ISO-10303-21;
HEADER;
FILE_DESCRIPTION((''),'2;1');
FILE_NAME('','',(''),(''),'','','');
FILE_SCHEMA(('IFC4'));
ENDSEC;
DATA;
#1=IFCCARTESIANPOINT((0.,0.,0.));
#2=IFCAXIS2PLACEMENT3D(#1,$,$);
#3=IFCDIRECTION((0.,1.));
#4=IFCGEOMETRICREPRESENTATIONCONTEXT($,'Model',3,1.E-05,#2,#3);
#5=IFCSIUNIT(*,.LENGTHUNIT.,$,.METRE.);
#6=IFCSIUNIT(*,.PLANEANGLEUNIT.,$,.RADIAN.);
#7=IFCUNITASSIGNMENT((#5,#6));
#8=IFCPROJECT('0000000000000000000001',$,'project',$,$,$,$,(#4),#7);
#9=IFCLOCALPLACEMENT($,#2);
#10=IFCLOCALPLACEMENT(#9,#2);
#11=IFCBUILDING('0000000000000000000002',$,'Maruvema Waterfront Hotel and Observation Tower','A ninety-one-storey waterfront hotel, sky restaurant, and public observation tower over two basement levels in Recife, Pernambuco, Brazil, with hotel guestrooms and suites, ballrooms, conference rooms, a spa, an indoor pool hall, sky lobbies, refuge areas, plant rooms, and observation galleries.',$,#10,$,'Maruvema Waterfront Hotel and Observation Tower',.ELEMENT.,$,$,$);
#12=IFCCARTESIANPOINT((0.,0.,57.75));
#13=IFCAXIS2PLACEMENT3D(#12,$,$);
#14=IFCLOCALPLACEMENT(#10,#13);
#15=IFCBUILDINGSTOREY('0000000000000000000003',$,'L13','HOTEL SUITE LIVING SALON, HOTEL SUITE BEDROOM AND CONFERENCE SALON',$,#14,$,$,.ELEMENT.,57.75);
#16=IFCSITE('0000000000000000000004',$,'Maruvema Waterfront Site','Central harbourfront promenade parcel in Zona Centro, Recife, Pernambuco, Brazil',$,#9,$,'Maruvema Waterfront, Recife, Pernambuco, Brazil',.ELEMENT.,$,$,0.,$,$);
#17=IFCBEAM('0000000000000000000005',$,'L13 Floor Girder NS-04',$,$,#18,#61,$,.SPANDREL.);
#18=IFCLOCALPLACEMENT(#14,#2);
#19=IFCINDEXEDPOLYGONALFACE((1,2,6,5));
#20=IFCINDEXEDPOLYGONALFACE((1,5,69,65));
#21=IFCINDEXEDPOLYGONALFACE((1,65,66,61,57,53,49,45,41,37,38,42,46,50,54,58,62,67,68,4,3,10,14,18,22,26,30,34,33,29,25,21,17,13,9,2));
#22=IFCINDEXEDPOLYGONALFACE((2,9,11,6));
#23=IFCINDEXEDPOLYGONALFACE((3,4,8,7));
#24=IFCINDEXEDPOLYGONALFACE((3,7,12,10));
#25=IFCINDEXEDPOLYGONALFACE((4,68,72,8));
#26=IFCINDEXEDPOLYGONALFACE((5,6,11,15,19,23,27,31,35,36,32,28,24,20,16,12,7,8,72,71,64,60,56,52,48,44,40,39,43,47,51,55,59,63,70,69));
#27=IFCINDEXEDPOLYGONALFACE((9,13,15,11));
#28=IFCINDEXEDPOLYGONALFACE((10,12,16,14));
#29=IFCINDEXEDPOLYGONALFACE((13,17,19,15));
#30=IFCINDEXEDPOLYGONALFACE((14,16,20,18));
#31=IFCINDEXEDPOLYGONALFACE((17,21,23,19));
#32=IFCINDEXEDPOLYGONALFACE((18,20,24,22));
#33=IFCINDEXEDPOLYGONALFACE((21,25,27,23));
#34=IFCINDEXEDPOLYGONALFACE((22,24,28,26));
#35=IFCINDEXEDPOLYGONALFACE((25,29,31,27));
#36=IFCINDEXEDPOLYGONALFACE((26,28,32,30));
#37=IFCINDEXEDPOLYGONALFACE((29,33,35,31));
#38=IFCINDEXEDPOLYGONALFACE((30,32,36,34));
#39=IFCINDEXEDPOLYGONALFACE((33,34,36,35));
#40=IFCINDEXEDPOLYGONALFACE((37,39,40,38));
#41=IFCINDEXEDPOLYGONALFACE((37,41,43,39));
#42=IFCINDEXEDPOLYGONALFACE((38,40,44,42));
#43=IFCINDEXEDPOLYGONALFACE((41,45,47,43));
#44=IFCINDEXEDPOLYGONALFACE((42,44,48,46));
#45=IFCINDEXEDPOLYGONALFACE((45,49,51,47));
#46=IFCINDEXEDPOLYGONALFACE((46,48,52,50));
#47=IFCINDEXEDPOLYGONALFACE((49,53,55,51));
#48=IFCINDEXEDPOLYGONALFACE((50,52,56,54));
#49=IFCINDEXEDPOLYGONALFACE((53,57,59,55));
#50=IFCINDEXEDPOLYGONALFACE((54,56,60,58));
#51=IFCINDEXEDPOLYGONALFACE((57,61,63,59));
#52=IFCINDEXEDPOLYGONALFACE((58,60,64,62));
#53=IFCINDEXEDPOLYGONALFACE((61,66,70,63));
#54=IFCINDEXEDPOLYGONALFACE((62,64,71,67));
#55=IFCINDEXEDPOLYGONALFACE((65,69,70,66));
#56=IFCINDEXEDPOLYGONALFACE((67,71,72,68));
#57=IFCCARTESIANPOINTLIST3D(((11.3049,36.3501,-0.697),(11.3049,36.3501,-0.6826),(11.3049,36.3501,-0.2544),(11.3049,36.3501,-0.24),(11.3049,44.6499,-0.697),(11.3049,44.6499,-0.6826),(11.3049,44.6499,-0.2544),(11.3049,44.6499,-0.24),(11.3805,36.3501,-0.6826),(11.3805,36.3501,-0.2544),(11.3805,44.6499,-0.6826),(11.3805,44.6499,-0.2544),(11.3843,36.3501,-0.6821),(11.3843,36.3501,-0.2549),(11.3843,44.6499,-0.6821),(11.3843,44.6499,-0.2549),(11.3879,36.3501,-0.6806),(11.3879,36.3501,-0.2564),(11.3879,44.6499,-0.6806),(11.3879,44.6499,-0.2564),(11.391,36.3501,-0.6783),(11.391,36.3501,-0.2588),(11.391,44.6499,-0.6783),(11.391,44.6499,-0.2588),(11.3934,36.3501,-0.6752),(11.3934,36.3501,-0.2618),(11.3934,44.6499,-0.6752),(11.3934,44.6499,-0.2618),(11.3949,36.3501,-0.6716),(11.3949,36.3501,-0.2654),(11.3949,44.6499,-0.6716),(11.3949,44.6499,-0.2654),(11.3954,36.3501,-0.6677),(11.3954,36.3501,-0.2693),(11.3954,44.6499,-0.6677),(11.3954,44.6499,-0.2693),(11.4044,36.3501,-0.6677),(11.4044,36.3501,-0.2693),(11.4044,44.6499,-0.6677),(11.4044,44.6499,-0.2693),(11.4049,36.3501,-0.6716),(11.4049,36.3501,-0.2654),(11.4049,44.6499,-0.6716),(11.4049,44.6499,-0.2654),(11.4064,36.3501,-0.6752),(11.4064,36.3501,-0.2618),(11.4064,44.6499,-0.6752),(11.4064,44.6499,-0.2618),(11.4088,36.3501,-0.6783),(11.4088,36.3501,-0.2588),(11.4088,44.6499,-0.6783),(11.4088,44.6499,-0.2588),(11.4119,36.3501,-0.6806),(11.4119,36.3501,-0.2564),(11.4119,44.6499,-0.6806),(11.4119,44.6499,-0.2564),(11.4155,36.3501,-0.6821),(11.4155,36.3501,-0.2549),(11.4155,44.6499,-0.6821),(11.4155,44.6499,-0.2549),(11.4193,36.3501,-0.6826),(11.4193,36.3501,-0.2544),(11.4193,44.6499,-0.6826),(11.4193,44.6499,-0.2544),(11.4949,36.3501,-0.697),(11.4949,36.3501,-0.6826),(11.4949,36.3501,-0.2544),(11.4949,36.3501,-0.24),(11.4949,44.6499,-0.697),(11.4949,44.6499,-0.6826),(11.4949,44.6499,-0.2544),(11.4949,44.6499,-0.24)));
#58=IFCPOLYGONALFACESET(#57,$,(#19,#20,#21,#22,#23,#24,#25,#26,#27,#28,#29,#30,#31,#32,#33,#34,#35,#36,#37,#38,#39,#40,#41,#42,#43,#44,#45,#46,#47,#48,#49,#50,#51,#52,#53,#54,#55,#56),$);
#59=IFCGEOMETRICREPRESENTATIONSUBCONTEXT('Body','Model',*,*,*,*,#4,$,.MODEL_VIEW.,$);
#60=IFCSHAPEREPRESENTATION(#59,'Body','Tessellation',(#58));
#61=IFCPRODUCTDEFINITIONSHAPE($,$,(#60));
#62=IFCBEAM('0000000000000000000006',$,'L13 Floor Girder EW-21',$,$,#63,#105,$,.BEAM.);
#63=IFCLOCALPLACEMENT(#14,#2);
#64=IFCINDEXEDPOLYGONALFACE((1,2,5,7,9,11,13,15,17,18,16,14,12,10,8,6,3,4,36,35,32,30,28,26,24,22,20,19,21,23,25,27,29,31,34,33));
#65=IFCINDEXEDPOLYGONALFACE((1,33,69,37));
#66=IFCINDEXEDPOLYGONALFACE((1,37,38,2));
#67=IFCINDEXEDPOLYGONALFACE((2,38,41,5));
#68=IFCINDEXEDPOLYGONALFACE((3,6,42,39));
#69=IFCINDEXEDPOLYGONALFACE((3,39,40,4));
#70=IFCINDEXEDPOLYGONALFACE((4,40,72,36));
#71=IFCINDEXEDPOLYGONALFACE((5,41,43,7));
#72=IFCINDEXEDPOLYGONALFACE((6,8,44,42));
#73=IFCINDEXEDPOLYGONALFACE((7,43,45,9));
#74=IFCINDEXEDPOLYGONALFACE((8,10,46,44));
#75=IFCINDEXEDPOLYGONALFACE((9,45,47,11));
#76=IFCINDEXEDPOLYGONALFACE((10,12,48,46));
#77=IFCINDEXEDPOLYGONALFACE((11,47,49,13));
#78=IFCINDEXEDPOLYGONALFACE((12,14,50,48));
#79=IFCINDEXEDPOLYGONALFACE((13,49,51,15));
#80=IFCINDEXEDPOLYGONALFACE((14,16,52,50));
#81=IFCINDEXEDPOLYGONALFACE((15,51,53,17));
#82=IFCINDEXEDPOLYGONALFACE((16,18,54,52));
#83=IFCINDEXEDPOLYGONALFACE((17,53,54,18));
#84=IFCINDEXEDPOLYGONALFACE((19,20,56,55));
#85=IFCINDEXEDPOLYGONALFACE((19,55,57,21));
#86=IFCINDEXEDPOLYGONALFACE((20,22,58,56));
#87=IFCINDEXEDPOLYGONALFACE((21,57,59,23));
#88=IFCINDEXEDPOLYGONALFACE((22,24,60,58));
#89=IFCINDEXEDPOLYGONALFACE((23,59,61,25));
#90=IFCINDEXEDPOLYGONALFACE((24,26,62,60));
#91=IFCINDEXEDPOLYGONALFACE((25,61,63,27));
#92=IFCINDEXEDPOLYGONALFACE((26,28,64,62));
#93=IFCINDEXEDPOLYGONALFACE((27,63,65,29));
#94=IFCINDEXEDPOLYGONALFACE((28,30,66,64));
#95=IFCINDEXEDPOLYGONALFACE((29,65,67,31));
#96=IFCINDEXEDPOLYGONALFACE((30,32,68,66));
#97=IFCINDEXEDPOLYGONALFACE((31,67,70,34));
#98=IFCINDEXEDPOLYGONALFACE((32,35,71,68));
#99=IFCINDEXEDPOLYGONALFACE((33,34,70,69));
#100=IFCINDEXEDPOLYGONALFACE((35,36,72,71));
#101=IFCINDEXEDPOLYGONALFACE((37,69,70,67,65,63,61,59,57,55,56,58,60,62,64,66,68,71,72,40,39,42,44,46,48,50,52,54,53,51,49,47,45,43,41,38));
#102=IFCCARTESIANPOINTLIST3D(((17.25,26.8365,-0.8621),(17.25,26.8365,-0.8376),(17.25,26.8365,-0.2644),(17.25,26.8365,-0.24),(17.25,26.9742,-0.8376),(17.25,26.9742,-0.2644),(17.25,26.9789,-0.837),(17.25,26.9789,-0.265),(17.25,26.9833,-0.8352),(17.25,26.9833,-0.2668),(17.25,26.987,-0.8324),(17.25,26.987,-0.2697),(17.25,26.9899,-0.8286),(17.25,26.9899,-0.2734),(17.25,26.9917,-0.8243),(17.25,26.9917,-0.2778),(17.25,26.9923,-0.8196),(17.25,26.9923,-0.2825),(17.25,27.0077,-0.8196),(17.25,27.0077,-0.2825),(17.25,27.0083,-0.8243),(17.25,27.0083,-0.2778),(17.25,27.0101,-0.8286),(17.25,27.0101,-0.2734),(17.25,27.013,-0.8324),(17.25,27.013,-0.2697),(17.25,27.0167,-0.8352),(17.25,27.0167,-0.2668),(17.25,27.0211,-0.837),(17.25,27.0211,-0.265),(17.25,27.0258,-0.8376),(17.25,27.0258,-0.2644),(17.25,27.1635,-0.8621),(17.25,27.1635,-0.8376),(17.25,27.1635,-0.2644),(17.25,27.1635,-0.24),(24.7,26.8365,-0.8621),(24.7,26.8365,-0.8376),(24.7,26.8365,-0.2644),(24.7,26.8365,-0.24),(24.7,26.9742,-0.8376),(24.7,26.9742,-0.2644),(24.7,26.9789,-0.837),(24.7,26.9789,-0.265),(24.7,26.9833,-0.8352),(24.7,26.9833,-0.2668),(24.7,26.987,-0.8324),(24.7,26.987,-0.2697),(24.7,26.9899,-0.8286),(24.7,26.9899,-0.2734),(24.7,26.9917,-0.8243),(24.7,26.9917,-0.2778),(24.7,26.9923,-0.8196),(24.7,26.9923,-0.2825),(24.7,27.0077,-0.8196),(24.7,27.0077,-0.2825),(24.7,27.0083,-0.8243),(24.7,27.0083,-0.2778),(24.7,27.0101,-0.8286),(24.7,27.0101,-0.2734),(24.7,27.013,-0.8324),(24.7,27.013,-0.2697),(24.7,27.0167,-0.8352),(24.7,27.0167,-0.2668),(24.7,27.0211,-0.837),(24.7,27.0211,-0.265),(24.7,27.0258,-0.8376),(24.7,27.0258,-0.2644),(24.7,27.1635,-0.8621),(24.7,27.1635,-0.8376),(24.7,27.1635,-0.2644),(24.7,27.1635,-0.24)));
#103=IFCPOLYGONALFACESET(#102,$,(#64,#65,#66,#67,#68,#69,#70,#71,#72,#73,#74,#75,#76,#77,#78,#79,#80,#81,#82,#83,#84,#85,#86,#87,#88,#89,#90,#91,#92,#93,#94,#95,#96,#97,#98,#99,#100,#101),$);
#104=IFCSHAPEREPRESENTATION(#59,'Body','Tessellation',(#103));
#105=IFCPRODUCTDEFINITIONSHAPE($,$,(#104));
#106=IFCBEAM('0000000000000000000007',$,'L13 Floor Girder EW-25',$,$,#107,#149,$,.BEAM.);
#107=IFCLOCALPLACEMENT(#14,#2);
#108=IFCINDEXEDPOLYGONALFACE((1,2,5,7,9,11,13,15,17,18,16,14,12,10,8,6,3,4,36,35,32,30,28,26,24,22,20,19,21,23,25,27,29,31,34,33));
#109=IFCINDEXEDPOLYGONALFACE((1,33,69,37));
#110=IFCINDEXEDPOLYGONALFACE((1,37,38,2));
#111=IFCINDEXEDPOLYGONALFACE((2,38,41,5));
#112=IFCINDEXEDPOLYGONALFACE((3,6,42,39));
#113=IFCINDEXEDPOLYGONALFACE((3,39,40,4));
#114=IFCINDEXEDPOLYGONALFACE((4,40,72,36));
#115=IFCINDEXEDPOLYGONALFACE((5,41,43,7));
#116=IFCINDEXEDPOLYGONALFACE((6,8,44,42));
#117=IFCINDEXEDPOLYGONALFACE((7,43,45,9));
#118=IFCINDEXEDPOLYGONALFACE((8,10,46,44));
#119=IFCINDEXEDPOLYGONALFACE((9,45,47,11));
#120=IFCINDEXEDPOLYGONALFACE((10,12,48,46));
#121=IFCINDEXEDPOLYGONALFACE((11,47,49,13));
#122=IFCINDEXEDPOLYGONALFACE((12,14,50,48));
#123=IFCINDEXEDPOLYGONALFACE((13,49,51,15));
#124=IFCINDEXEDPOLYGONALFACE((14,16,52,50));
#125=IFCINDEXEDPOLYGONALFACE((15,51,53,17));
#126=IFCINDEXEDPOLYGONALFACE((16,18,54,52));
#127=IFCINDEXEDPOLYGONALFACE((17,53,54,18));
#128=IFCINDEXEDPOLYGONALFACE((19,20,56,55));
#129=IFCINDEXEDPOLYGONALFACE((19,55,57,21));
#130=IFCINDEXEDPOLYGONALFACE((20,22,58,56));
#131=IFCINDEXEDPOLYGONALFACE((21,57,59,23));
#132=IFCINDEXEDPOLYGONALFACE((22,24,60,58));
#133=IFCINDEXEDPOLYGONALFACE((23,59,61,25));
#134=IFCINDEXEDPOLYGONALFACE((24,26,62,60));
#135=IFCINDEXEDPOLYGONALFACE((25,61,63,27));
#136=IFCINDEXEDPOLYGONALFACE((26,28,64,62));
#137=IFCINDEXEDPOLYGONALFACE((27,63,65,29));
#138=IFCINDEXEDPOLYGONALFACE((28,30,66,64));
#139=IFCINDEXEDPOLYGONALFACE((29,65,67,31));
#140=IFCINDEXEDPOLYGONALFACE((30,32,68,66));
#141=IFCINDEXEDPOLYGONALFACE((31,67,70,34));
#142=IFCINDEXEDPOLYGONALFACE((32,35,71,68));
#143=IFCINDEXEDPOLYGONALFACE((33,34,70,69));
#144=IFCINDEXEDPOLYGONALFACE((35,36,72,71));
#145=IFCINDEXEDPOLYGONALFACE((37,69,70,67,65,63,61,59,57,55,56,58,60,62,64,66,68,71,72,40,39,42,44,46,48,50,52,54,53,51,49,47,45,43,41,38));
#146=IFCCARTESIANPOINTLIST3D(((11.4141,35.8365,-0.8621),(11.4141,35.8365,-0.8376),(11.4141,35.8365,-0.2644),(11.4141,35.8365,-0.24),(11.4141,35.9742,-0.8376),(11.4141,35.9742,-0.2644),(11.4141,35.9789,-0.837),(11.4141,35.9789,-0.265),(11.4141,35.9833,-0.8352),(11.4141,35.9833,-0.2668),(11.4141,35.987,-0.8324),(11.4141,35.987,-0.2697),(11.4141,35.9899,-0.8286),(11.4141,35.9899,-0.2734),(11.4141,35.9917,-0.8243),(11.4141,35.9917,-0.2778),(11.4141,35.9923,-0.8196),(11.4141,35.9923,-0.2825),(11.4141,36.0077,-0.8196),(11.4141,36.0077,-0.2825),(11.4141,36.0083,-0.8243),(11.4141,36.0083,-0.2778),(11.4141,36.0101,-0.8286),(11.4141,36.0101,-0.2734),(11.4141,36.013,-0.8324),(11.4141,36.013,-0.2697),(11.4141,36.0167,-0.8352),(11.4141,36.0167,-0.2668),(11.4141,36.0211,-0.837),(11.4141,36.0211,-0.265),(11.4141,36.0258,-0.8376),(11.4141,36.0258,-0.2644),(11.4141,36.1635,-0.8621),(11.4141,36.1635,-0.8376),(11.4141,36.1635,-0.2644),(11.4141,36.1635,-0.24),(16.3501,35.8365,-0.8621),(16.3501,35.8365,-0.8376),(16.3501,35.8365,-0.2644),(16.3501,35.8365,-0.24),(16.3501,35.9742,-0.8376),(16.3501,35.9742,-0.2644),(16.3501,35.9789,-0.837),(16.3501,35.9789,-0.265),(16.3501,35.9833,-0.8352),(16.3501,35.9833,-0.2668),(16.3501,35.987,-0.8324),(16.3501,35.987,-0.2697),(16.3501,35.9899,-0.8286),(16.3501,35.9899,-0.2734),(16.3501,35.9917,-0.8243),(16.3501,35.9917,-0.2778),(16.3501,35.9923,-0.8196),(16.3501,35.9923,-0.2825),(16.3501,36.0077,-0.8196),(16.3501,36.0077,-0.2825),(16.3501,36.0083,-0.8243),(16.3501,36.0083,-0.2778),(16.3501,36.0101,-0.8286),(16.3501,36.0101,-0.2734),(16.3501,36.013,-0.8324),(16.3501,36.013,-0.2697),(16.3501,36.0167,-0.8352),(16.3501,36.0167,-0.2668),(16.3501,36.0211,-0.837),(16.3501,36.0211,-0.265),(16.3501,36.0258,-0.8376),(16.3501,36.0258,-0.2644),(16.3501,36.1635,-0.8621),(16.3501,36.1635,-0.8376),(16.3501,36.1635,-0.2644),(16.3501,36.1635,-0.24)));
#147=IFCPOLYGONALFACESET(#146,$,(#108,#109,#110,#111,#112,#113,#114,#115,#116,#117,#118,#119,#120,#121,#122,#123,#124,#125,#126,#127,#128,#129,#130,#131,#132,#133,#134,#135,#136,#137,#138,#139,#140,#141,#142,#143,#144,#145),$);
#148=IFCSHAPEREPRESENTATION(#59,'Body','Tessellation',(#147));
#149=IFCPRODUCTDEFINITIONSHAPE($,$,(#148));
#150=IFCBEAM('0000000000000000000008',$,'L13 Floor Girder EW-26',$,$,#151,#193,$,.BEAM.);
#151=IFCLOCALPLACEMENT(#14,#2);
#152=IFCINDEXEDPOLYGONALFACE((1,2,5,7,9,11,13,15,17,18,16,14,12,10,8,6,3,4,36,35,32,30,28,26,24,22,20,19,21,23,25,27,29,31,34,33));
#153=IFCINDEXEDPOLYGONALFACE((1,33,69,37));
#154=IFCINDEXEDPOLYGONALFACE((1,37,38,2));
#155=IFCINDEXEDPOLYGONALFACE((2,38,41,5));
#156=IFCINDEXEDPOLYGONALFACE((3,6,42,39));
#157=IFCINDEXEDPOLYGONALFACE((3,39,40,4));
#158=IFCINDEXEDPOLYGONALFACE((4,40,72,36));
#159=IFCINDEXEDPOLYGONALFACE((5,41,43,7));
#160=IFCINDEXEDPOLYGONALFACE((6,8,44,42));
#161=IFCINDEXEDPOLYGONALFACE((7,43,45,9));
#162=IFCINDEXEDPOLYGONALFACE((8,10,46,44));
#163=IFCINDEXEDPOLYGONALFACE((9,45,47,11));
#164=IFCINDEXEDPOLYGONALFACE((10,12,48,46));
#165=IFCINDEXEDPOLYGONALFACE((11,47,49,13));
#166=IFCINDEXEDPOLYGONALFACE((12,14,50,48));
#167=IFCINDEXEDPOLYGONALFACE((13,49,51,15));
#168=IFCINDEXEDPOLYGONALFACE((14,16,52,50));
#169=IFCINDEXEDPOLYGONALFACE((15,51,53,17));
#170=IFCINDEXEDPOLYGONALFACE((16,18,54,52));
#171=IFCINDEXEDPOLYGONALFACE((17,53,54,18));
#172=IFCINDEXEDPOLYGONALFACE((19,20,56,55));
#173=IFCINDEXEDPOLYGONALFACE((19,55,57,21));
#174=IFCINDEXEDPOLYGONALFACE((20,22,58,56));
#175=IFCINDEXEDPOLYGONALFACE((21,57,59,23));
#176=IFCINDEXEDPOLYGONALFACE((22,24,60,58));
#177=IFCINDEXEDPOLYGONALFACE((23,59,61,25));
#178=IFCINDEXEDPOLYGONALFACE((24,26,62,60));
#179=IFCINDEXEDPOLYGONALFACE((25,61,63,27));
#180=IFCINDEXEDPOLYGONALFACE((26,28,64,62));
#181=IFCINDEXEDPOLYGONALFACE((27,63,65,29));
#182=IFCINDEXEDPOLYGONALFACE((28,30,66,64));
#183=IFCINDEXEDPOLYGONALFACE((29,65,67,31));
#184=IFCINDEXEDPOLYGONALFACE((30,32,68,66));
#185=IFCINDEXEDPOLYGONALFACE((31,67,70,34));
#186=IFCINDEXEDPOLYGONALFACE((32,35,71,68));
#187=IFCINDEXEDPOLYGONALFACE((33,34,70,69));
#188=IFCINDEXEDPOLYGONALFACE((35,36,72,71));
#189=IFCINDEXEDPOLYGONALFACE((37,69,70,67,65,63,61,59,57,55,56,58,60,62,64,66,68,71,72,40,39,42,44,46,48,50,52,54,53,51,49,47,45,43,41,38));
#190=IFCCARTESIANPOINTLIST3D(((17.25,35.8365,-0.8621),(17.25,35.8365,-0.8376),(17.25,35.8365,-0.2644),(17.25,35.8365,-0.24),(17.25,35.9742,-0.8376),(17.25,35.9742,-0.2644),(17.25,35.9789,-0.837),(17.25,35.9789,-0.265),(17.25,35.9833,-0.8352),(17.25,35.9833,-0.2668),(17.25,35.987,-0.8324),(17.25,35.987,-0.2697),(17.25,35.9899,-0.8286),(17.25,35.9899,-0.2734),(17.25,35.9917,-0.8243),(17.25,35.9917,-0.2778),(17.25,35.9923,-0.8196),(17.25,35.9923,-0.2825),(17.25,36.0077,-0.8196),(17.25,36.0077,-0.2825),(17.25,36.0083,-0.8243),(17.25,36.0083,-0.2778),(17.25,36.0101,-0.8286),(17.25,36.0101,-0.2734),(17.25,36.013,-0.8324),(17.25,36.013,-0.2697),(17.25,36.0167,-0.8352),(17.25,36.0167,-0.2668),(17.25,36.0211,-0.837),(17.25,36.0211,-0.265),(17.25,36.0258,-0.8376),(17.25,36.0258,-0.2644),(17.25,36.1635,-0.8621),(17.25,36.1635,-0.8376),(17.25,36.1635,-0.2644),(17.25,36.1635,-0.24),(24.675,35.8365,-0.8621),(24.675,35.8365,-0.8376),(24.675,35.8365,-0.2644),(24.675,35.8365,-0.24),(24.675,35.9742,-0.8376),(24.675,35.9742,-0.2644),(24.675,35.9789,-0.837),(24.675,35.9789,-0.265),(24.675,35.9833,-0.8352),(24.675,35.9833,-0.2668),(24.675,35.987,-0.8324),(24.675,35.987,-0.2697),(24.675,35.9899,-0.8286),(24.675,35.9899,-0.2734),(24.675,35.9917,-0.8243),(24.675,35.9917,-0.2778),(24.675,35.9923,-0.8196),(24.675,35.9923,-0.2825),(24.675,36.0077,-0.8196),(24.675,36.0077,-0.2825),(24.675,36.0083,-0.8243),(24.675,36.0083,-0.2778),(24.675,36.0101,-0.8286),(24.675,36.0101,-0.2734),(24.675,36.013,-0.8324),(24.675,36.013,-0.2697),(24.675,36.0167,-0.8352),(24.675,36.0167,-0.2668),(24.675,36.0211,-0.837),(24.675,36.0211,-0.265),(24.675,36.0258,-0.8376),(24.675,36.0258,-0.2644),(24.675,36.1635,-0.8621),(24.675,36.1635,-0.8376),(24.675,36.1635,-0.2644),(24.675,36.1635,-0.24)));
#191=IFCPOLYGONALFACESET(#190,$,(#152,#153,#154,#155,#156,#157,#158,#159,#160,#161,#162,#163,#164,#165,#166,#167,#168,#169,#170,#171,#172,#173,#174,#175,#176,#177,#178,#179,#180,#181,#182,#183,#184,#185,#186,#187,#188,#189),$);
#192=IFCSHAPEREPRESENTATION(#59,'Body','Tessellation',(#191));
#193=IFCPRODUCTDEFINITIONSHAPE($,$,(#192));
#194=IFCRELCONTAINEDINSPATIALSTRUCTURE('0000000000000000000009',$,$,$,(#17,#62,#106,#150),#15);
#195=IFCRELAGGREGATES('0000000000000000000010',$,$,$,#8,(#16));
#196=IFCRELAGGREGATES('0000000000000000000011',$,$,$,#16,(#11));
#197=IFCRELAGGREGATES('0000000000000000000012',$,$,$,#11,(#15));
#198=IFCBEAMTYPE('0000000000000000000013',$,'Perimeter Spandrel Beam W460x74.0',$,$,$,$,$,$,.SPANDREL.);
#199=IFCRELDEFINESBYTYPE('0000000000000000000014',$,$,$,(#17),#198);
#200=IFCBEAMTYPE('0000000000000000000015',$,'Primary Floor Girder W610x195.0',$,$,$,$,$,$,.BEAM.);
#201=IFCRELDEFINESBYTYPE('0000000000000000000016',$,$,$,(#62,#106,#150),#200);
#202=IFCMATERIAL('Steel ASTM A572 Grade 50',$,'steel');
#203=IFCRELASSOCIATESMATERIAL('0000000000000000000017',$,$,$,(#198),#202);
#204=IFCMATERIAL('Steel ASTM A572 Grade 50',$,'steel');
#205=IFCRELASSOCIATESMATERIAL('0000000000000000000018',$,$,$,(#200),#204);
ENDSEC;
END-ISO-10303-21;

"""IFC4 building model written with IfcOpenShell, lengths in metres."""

from ifc_helpers import new_model, si_unit, direction, frame, origin, origin_2d, place, context, subcontext, project, spatial, i_section, extrude, material, material_profile, profile_set, type_object, element, save


model = new_model("IFC4")

# Units and contexts
model_context = context("Model", 3, precision=1e-05, world=origin(), true_north=direction((0.0, 1.0)))
body_context = subcontext(model_context, "Body", "Model", "MODEL_VIEW")
ifc_project = project(units=[si_unit("LENGTHUNIT", "METRE"), si_unit("PLANEANGLEUNIT", "RADIAN")], contexts=[model_context])

# Site, building, storey
site_placement = place(None, origin())
site = spatial("IfcSite", under=ifc_project, at=site_placement, Name="Maruvema Waterfront Site", Description="Central harbourfront promenade parcel in Zona Centro, Recife, Pernambuco, Brazil", LongName="Maruvema Waterfront, Recife, Pernambuco, Brazil", CompositionType="ELEMENT", RefElevation=0.0)
building_placement = place(site_placement, origin())
building = spatial("IfcBuilding", under=site, at=building_placement, Name="Maruvema Waterfront Hotel and Observation Tower", Description="A ninety-one-storey waterfront hotel, sky restaurant, and public observation tower over two basement levels in Recife, Pernambuco, Brazil, with hotel guestrooms and suites, ballrooms, conference rooms, a spa, an indoor pool hall, sky lobbies, refuge areas, plant rooms, and observation galleries.", LongName="Maruvema Waterfront Hotel and Observation Tower", CompositionType="ELEMENT")
storey_placement = place(building_placement, frame((0.0, 0.0, 57.75)))
storey = spatial("IfcBuildingStorey", under=building, at=storey_placement, Name="L13", Description="HOTEL SUITE LIVING SALON, HOTEL SUITE BEDROOM AND CONFERENCE SALON", CompositionType="ELEMENT", Elevation=57.75)

# Beams
ifc_material_1 = material(Name="Steel ASTM A572 Grade 50", Category="steel")
ifc_material_profile_1 = material_profile(ifc_material_1, i_section(OverallWidth=0.1899, OverallDepth=0.457, WebThickness=0.009, FlangeThickness=0.0144, FilletRadius=0.0149, at=origin_2d()), Name="W460x74.0")
ifc_profile_set_1 = profile_set([ifc_material_profile_1], Name="Steel ASTM A572 Grade 50")
beam_type_1 = type_object("IfcBeamType", Name="Perimeter Spandrel Beam W460x74.0", PredefinedType="SPANDREL", material=ifc_profile_set_1)
for number, where, z_axis, x_axis, name in (
    (1, (11.3999, 36.3501, -0.4685), (0.0, 1.0, 0.0), (-1.0, 0.0, 0.0), "L13 Floor Girder NS-04"),
):
    element("IfcBeam", number, at=place(storey_placement, frame(where, z_axis=z_axis, x_axis=x_axis)), inside=storey, type_object=beam_type_1, Name=name, PredefinedType="SPANDREL", context=body_context, shape_type="SweptSolid", body=[
        extrude(i_section(OverallWidth=0.1899, OverallDepth=0.457, WebThickness=0.009, FlangeThickness=0.0144, FilletRadius=0.0149, at=origin_2d()), origin(), (0.0, 0.0, 1.0), 8.2998),
    ])
ifc_material_2 = material(Name="Steel ASTM A572 Grade 50", Category="steel")
ifc_material_profile_2 = material_profile(ifc_material_2, i_section(OverallWidth=0.3269, OverallDepth=0.6221, WebThickness=0.0154, FlangeThickness=0.0244, FilletRadius=0.0181, at=origin_2d()), Name="W610x195.0")
ifc_profile_set_2 = profile_set([ifc_material_profile_2], Name="Steel ASTM A572 Grade 50")
beam_type_2 = type_object("IfcBeamType", Name="Primary Floor Girder W610x195.0", PredefinedType="BEAM", material=ifc_profile_set_2)
beam_1_placement = place(storey_placement, frame((17.25, 27.0, -0.551), z_axis=(1.0, 0.0, 0.0), x_axis=(0.0, 1.0, 0.0)))
element("IfcBeam", 2, at=beam_1_placement, inside=storey, type_object=beam_type_2, Name="L13 Floor Girder EW-21", PredefinedType="BEAM", context=body_context, shape_type="SweptSolid", body=[
    extrude(i_section(OverallWidth=0.3269, OverallDepth=0.6221, WebThickness=0.0154, FlangeThickness=0.0244, FilletRadius=0.0181, at=origin_2d()), origin(), (0.0, 0.0, 1.0), 7.45),
])
beam_2_placement = place(storey_placement, frame((11.4141, 36.0, -0.551), z_axis=(1.0, 0.0, 0.0), x_axis=(0.0, 1.0, 0.0)))
element("IfcBeam", 3, at=beam_2_placement, inside=storey, type_object=beam_type_2, Name="L13 Floor Girder EW-25", PredefinedType="BEAM", context=body_context, shape_type="SweptSolid", body=[
    extrude(i_section(OverallWidth=0.3269, OverallDepth=0.6221, WebThickness=0.0154, FlangeThickness=0.0244, FilletRadius=0.0181, at=origin_2d()), origin(), (0.0, 0.0, 1.0), 4.936),
])
beam_3_placement = place(storey_placement, frame((17.25, 36.0, -0.551), z_axis=(1.0, 0.0, 0.0), x_axis=(0.0, 1.0, 0.0)))
element("IfcBeam", 4, at=beam_3_placement, inside=storey, type_object=beam_type_2, Name="L13 Floor Girder EW-26", PredefinedType="BEAM", context=body_context, shape_type="SweptSolid", body=[
    extrude(i_section(OverallWidth=0.3269, OverallDepth=0.6221, WebThickness=0.0154, FlangeThickness=0.0244, FilletRadius=0.0181, at=origin_2d()), origin(), (0.0, 0.0, 1.0), 7.425),
])

save(model, "model.ifc")
